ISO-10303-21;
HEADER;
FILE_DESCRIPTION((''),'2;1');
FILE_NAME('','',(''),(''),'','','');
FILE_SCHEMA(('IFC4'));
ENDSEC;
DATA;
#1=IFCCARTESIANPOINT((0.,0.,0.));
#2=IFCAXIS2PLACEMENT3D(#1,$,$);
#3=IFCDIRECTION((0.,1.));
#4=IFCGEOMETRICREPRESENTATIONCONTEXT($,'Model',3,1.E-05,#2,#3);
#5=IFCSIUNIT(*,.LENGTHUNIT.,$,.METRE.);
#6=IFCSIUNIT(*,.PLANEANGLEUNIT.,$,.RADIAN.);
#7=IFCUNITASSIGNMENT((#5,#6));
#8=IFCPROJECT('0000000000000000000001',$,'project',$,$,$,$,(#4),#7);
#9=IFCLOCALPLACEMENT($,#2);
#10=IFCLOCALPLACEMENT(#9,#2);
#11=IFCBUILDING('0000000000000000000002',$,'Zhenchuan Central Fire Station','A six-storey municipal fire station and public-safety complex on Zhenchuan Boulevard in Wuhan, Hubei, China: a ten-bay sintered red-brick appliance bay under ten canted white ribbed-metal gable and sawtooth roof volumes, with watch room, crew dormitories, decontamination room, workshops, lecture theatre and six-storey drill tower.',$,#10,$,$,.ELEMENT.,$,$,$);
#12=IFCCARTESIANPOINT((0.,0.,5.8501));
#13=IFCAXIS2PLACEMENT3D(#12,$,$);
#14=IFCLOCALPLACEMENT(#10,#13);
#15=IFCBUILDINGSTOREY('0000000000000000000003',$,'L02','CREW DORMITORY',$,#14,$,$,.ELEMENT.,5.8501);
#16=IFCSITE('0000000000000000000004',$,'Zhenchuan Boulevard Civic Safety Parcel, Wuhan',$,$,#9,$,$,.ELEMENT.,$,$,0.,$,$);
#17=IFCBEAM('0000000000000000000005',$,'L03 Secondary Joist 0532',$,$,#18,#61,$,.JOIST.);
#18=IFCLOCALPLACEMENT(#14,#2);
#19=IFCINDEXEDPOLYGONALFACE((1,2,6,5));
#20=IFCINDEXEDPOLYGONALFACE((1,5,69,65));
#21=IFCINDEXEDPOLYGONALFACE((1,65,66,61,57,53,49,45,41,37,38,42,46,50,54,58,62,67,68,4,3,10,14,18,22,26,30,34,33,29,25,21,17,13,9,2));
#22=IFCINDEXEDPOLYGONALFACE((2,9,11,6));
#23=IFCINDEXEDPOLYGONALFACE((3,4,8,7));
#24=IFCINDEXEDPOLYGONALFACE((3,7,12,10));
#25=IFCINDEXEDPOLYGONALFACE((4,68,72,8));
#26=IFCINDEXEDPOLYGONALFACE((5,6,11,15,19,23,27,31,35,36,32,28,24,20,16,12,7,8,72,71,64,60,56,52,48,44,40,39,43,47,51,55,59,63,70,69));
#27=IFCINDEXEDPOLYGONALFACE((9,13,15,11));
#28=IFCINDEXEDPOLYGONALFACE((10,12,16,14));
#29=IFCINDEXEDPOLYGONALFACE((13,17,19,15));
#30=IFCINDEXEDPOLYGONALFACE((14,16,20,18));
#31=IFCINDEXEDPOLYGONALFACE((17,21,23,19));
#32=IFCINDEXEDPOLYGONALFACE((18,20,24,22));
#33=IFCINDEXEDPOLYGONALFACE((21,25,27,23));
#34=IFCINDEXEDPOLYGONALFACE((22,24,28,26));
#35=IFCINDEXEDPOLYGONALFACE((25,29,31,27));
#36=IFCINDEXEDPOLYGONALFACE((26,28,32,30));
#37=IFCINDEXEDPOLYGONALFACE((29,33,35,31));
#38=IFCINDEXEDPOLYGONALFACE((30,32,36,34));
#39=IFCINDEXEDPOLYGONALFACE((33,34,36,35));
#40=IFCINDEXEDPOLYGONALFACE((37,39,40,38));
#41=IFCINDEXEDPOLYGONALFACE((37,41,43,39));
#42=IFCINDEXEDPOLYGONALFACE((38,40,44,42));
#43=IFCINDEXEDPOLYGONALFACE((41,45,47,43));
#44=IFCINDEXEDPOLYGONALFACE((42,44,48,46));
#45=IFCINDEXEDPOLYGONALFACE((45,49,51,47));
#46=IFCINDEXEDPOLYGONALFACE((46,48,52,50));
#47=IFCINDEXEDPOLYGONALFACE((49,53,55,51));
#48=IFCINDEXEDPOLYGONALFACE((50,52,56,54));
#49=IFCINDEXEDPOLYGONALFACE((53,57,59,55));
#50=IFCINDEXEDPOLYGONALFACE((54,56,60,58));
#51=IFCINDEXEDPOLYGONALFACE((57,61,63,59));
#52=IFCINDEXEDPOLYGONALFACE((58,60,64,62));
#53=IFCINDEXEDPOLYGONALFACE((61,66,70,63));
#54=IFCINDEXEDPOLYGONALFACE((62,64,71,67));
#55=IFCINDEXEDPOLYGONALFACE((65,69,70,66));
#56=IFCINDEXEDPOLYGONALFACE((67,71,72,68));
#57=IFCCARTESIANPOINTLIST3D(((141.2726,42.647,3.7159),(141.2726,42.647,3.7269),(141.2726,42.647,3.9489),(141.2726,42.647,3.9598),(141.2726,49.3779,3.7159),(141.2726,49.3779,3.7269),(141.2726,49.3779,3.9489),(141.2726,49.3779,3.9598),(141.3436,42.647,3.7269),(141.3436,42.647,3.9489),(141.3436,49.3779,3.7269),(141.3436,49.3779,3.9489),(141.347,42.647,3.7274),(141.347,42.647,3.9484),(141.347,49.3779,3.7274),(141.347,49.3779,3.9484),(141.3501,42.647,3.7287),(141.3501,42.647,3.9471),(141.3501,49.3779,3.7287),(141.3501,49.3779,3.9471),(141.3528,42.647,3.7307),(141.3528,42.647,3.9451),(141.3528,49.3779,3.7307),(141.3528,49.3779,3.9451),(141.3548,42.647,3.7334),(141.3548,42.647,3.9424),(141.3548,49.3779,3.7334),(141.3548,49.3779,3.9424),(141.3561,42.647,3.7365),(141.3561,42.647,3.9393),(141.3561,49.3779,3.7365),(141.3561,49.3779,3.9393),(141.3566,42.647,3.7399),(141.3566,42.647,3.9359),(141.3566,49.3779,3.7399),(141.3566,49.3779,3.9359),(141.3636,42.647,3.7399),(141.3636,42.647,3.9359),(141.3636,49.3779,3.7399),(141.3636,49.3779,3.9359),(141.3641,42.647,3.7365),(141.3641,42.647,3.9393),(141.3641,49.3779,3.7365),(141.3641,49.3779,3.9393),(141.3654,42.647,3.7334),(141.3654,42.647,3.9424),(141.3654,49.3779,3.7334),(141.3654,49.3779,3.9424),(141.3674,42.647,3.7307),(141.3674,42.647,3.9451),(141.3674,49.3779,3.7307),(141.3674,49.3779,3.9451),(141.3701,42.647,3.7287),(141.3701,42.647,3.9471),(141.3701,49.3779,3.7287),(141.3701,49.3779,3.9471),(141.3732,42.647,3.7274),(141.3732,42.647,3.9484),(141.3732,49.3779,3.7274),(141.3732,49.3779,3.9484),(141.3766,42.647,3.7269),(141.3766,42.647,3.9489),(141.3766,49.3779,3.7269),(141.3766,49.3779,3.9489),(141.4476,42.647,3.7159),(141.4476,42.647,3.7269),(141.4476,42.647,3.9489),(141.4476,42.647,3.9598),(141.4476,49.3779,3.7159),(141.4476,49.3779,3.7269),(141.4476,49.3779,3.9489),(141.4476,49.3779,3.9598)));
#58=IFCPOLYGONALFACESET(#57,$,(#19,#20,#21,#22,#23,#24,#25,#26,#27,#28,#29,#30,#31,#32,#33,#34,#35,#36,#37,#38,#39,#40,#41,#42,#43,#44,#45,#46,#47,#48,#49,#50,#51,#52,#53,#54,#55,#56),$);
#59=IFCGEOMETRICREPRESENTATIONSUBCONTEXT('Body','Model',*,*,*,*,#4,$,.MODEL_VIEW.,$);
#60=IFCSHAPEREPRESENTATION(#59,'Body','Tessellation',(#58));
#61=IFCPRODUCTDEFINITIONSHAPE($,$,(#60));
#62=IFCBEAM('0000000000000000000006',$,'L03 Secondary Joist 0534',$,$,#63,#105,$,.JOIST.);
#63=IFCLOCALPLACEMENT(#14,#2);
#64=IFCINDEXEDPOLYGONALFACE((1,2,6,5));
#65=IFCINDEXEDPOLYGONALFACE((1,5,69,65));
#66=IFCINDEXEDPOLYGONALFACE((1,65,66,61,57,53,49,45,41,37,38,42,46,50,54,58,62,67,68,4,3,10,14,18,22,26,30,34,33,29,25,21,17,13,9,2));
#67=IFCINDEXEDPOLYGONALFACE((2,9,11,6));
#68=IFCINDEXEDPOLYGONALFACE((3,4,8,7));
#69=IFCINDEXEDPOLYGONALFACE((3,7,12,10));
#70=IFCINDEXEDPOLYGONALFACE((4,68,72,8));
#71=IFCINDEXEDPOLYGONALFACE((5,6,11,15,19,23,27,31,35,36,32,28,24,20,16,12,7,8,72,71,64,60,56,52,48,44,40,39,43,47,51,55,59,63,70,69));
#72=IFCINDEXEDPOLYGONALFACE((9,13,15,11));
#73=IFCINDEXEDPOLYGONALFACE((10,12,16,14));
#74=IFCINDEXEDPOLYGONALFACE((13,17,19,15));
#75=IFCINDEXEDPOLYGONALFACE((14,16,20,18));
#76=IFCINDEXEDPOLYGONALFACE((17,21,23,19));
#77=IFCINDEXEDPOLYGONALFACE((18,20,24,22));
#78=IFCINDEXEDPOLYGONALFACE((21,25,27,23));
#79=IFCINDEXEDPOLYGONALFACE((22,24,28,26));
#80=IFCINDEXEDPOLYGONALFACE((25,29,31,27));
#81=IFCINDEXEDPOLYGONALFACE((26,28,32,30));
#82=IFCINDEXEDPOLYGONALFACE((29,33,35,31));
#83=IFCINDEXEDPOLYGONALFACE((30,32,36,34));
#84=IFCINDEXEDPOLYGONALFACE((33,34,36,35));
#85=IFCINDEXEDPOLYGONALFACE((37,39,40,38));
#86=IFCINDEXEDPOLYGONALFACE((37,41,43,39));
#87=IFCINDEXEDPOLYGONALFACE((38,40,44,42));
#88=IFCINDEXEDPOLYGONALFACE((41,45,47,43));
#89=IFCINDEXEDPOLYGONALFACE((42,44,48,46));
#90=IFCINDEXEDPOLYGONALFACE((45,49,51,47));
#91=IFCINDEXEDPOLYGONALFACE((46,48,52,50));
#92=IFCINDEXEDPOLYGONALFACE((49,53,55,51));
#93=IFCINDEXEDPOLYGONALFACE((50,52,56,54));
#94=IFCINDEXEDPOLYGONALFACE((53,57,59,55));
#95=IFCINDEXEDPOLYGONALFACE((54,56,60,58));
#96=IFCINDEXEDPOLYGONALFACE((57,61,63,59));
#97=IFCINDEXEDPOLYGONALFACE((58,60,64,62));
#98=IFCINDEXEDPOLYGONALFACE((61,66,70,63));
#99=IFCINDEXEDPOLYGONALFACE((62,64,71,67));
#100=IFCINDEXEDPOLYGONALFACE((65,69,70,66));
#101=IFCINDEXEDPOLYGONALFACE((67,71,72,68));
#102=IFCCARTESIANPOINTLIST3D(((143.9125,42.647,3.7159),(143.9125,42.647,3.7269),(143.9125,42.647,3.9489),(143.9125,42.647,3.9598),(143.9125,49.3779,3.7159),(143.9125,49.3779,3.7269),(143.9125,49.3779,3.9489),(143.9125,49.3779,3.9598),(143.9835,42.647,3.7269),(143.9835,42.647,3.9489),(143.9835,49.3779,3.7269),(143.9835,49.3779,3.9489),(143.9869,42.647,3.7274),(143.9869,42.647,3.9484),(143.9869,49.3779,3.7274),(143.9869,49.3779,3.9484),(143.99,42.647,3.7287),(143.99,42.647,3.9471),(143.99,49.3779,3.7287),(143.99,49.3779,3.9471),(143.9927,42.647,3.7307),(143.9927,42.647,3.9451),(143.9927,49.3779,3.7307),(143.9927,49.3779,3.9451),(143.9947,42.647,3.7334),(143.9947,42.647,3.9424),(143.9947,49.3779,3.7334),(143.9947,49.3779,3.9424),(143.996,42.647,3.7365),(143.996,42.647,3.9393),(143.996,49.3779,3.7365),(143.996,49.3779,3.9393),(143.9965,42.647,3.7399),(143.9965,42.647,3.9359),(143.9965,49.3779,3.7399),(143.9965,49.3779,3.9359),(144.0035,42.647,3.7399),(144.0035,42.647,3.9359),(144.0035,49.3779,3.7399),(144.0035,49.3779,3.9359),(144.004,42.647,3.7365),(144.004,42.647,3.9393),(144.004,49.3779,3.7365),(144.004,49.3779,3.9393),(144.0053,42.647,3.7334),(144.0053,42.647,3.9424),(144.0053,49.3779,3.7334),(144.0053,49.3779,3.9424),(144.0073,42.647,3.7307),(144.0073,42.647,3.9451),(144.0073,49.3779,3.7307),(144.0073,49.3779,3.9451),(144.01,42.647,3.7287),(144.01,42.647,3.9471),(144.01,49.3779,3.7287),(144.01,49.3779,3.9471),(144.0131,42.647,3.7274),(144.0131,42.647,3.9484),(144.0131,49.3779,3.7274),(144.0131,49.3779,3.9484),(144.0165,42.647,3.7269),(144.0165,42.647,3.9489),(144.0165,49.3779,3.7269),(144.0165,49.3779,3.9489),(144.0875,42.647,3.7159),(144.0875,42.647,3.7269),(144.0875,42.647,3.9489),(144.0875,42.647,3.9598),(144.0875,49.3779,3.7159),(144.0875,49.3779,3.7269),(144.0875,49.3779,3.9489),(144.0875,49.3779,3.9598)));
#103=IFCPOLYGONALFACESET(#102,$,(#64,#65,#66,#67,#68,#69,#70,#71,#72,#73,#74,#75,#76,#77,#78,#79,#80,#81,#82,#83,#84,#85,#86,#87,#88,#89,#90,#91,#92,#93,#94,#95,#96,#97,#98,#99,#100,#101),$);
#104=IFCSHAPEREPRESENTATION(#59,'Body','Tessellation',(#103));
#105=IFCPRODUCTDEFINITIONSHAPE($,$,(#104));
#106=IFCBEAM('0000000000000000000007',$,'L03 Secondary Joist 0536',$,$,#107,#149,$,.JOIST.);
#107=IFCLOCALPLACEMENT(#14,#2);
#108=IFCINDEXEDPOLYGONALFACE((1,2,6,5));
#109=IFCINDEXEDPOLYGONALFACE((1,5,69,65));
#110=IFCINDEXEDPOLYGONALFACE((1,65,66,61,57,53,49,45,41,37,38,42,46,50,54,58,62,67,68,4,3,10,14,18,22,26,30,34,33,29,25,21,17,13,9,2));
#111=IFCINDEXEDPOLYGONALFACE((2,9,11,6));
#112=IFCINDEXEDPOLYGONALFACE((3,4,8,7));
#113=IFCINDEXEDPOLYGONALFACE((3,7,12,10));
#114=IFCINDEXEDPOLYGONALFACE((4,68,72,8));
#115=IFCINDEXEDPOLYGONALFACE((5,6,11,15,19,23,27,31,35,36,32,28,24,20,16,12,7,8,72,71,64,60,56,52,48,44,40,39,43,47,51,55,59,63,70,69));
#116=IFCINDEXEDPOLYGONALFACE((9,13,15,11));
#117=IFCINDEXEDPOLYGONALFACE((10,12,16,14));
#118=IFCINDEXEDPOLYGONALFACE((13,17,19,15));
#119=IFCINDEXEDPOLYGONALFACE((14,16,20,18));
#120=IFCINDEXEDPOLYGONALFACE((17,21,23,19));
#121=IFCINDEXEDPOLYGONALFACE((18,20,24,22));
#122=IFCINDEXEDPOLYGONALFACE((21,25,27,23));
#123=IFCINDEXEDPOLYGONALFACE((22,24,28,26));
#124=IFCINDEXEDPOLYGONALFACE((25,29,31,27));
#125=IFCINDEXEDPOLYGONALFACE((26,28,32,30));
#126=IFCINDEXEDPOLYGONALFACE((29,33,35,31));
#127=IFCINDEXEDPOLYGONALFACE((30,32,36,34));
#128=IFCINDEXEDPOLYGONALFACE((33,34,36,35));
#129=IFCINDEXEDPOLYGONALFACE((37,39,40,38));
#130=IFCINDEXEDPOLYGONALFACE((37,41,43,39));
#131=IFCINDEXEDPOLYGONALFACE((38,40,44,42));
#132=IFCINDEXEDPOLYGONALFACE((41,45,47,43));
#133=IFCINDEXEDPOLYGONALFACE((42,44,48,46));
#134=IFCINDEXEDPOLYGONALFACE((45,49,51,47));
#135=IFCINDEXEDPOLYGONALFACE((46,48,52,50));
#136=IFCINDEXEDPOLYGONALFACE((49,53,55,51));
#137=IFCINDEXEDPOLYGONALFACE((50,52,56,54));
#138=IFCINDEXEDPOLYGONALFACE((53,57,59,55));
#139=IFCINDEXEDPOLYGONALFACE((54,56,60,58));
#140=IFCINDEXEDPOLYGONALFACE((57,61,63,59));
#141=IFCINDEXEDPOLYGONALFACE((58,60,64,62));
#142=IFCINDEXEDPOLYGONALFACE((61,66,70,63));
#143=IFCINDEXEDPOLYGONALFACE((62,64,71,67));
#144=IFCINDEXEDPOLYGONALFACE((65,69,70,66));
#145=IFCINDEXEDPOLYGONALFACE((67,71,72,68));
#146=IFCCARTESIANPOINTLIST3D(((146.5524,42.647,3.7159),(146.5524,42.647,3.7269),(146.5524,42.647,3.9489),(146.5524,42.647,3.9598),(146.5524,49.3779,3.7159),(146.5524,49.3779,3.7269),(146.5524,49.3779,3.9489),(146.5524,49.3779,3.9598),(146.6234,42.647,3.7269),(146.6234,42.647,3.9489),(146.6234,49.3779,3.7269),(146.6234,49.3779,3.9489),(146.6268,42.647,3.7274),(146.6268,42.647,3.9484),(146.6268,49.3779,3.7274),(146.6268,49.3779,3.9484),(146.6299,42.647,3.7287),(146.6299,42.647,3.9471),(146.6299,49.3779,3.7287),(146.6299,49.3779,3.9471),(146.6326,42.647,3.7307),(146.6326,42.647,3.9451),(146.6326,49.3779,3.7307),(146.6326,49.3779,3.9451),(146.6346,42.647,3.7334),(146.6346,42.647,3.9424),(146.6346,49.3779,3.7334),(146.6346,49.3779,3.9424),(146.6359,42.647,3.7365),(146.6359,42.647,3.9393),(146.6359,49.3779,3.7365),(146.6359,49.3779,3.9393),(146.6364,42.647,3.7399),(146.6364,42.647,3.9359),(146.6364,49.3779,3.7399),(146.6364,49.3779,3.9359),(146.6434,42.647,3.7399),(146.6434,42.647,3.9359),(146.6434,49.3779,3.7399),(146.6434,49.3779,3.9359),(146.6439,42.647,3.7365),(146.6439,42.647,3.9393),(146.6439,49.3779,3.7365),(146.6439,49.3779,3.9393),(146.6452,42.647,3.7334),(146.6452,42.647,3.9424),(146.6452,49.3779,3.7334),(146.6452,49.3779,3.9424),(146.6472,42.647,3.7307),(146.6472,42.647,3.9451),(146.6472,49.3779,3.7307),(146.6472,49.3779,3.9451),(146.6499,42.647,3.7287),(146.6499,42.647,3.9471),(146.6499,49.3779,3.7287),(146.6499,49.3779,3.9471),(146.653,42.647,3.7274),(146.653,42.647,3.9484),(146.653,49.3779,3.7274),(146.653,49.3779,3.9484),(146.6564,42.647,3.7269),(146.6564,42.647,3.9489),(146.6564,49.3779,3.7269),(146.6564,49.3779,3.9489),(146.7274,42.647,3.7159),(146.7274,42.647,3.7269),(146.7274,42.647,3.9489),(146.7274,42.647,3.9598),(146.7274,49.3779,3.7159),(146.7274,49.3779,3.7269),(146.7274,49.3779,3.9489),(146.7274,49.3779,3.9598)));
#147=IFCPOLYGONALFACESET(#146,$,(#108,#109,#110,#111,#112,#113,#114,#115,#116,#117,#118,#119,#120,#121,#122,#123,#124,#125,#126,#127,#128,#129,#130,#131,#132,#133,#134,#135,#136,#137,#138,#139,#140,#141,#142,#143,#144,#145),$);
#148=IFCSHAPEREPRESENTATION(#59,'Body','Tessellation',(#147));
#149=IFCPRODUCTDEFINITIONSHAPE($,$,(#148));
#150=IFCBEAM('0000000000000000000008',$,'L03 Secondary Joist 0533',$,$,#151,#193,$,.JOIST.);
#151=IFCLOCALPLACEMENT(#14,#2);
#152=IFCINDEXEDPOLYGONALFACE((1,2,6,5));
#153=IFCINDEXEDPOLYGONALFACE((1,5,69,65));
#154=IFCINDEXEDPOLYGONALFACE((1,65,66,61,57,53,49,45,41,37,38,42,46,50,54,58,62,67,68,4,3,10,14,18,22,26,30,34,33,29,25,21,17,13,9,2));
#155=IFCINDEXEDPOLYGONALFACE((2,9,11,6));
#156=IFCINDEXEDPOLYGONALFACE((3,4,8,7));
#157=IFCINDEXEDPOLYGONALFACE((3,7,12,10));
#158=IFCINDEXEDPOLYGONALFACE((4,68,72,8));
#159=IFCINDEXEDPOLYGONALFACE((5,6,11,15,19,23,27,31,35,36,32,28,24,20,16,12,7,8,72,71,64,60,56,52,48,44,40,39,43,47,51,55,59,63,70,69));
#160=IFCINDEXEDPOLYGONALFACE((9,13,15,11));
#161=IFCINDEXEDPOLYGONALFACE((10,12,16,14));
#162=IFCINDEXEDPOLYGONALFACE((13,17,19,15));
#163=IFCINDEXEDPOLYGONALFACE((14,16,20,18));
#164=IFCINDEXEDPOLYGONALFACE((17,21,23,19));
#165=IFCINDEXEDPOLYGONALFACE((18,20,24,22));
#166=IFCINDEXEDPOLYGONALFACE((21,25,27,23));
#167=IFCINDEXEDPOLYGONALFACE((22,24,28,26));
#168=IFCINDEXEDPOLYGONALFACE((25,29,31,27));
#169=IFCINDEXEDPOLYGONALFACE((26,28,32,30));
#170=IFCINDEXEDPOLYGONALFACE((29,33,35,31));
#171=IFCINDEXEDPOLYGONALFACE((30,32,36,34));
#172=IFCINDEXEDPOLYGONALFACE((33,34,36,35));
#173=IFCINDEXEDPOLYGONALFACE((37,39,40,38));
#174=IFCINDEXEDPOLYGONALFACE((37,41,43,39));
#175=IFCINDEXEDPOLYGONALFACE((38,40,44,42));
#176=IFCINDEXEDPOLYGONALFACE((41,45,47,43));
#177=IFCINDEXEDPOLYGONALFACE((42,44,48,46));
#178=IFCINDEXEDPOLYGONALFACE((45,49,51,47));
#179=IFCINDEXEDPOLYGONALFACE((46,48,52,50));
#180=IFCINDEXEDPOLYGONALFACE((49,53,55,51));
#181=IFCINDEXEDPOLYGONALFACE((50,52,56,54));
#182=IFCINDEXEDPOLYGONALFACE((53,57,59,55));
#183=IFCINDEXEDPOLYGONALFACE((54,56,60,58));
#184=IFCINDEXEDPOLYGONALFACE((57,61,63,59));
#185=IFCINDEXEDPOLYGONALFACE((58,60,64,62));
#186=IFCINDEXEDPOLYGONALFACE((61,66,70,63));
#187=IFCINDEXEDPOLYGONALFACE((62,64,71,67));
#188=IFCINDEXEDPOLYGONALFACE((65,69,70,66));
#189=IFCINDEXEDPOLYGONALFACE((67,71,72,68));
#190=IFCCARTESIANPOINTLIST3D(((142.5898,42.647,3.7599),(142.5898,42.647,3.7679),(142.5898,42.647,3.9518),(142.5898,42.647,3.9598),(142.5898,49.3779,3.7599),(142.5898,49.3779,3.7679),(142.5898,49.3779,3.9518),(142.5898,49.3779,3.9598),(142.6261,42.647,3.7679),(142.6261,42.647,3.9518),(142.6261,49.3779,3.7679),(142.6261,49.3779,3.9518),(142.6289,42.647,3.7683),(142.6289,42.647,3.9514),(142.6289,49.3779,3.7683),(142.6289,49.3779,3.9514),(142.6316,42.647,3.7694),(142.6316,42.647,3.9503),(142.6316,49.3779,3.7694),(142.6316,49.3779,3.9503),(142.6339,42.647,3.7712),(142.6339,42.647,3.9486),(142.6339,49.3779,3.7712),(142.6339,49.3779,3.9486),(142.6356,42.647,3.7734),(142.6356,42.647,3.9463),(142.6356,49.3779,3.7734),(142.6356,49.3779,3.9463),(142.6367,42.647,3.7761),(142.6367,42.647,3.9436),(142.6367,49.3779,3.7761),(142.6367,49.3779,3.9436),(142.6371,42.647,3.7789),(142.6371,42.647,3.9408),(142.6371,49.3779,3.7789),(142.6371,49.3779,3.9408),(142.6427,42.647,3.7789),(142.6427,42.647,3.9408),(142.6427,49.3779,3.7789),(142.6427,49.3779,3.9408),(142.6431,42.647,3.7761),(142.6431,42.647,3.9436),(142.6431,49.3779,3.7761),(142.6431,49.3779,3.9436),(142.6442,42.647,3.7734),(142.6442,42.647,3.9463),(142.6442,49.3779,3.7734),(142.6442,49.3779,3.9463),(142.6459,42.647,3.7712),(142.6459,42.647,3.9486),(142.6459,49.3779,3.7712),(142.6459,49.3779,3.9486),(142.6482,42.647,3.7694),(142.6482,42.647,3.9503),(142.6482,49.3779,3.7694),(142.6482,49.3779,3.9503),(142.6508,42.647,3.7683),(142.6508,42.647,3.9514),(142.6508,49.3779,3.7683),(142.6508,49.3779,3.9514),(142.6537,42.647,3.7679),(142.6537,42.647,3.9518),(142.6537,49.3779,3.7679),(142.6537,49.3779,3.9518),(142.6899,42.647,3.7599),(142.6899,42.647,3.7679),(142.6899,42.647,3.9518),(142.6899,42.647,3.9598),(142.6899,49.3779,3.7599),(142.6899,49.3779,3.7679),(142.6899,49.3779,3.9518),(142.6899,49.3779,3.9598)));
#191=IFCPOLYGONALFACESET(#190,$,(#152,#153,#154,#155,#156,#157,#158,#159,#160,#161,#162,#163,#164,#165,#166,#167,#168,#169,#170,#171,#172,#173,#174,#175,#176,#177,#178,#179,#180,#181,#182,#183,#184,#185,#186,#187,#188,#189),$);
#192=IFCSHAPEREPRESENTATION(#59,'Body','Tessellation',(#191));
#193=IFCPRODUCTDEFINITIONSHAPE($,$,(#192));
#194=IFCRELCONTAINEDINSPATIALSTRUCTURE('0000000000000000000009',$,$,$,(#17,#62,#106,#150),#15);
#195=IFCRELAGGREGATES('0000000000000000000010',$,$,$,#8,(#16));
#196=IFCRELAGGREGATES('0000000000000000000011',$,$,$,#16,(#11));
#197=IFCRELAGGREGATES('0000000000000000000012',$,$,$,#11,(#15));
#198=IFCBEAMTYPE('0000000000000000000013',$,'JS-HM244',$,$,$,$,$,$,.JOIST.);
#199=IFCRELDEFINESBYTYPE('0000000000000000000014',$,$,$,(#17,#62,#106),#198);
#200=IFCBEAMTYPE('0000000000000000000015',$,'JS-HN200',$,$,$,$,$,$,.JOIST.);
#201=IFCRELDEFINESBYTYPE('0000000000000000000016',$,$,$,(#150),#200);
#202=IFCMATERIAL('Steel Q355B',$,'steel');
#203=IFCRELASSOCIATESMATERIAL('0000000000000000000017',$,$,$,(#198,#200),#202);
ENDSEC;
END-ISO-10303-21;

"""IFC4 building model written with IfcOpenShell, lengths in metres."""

from ifc_helpers import new_model, si_unit, direction, frame, origin, origin_2d, place, context, subcontext, project, spatial, i_section, extrude, material, material_profile, profile_set, type_object, element, save


model = new_model("IFC4")

# Units and contexts
model_context = context("Model", 3, precision=1e-05, world=origin(), true_north=direction((0.0, 1.0)))
body_context = subcontext(model_context, "Body", "Model", "MODEL_VIEW")
ifc_project = project(units=[si_unit("LENGTHUNIT", "METRE"), si_unit("PLANEANGLEUNIT", "RADIAN")], contexts=[model_context])

# Site, building, storey
site_placement = place(None, origin())
site = spatial("IfcSite", under=ifc_project, at=site_placement, Name="Zhenchuan Boulevard Civic Safety Parcel, Wuhan", CompositionType="ELEMENT", RefElevation=0.0)
building_placement = place(site_placement, origin())
building = spatial("IfcBuilding", under=site, at=building_placement, Name="Zhenchuan Central Fire Station", Description="A six-storey municipal fire station and public-safety complex on Zhenchuan Boulevard in Wuhan, Hubei, China: a ten-bay sintered red-brick appliance bay under ten canted white ribbed-metal gable and sawtooth roof volumes, with watch room, crew dormitories, decontamination room, workshops, lecture theatre and six-storey drill tower.", CompositionType="ELEMENT")
storey_placement = place(building_placement, frame((0.0, 0.0, 5.8501)))
storey = spatial("IfcBuildingStorey", under=building, at=storey_placement, Name="L02", Description="CREW DORMITORY", CompositionType="ELEMENT", Elevation=5.8501)

# Beams
ifc_material_1 = material(Name="Steel Q355B", Category="steel")
ifc_material_profile_1 = material_profile(ifc_material_1, i_section(OverallWidth=0.175, OverallDepth=0.2439, WebThickness=0.0071, FlangeThickness=0.011, FilletRadius=0.0129, at=origin_2d()), Name="HM 244x175")
ifc_profile_set_1 = profile_set([ifc_material_profile_1], Name="Steel Q355B")
beam_type_1 = type_object("IfcBeamType", Name="JS-HM244", PredefinedType="JOIST", material=ifc_profile_set_1)
for number, where, z_axis, x_axis, name in (
    (1, (141.3601, 42.647, 3.8379), (0.0, 1.0, 0.0), (-1.0, 0.0, 0.0), "L03 Secondary Joist 0532"),
    (2, (144.0, 42.647, 3.8379), (0.0, 1.0, 0.0), (-1.0, 0.0, 0.0), "L03 Secondary Joist 0534"),
    (3, (146.6399, 42.647, 3.8379), (0.0, 1.0, 0.0), (-1.0, 0.0, 0.0), "L03 Secondary Joist 0536"),
):
    element("IfcBeam", number, at=place(storey_placement, frame(where, z_axis=z_axis, x_axis=x_axis)), inside=storey, type_object=beam_type_1, Name=name, PredefinedType="JOIST", context=body_context, shape_type="SweptSolid", body=[
        extrude(i_section(OverallWidth=0.175, OverallDepth=0.2439, WebThickness=0.0071, FlangeThickness=0.011, FilletRadius=0.0129, at=origin_2d()), origin(), (0.0, 0.0, 1.0), 6.731),
    ])
ifc_material_profile_2 = material_profile(ifc_material_1, i_section(OverallWidth=0.1001, OverallDepth=0.2, WebThickness=0.0056, FlangeThickness=0.0081, FilletRadius=0.011, at=origin_2d()), Name="HN 200x100")
ifc_profile_set_2 = profile_set([ifc_material_profile_2], Name="Steel Q355B")
beam_type_2 = type_object("IfcBeamType", Name="JS-HN200", PredefinedType="JOIST", material=ifc_profile_set_2)
for number, where, z_axis, x_axis, name in (
    (4, (142.6399, 42.647, 3.8599), (0.0, 1.0, 0.0), (-1.0, 0.0, 0.0), "L03 Secondary Joist 0533"),
):
    element("IfcBeam", number, at=place(storey_placement, frame(where, z_axis=z_axis, x_axis=x_axis)), inside=storey, type_object=beam_type_2, Name=name, PredefinedType="JOIST", context=body_context, shape_type="SweptSolid", body=[
        extrude(i_section(OverallWidth=0.1001, OverallDepth=0.2, WebThickness=0.0056, FlangeThickness=0.0081, FilletRadius=0.011, at=origin_2d()), origin(), (0.0, 0.0, 1.0), 6.731),
    ])

save(model, "model.ifc")
